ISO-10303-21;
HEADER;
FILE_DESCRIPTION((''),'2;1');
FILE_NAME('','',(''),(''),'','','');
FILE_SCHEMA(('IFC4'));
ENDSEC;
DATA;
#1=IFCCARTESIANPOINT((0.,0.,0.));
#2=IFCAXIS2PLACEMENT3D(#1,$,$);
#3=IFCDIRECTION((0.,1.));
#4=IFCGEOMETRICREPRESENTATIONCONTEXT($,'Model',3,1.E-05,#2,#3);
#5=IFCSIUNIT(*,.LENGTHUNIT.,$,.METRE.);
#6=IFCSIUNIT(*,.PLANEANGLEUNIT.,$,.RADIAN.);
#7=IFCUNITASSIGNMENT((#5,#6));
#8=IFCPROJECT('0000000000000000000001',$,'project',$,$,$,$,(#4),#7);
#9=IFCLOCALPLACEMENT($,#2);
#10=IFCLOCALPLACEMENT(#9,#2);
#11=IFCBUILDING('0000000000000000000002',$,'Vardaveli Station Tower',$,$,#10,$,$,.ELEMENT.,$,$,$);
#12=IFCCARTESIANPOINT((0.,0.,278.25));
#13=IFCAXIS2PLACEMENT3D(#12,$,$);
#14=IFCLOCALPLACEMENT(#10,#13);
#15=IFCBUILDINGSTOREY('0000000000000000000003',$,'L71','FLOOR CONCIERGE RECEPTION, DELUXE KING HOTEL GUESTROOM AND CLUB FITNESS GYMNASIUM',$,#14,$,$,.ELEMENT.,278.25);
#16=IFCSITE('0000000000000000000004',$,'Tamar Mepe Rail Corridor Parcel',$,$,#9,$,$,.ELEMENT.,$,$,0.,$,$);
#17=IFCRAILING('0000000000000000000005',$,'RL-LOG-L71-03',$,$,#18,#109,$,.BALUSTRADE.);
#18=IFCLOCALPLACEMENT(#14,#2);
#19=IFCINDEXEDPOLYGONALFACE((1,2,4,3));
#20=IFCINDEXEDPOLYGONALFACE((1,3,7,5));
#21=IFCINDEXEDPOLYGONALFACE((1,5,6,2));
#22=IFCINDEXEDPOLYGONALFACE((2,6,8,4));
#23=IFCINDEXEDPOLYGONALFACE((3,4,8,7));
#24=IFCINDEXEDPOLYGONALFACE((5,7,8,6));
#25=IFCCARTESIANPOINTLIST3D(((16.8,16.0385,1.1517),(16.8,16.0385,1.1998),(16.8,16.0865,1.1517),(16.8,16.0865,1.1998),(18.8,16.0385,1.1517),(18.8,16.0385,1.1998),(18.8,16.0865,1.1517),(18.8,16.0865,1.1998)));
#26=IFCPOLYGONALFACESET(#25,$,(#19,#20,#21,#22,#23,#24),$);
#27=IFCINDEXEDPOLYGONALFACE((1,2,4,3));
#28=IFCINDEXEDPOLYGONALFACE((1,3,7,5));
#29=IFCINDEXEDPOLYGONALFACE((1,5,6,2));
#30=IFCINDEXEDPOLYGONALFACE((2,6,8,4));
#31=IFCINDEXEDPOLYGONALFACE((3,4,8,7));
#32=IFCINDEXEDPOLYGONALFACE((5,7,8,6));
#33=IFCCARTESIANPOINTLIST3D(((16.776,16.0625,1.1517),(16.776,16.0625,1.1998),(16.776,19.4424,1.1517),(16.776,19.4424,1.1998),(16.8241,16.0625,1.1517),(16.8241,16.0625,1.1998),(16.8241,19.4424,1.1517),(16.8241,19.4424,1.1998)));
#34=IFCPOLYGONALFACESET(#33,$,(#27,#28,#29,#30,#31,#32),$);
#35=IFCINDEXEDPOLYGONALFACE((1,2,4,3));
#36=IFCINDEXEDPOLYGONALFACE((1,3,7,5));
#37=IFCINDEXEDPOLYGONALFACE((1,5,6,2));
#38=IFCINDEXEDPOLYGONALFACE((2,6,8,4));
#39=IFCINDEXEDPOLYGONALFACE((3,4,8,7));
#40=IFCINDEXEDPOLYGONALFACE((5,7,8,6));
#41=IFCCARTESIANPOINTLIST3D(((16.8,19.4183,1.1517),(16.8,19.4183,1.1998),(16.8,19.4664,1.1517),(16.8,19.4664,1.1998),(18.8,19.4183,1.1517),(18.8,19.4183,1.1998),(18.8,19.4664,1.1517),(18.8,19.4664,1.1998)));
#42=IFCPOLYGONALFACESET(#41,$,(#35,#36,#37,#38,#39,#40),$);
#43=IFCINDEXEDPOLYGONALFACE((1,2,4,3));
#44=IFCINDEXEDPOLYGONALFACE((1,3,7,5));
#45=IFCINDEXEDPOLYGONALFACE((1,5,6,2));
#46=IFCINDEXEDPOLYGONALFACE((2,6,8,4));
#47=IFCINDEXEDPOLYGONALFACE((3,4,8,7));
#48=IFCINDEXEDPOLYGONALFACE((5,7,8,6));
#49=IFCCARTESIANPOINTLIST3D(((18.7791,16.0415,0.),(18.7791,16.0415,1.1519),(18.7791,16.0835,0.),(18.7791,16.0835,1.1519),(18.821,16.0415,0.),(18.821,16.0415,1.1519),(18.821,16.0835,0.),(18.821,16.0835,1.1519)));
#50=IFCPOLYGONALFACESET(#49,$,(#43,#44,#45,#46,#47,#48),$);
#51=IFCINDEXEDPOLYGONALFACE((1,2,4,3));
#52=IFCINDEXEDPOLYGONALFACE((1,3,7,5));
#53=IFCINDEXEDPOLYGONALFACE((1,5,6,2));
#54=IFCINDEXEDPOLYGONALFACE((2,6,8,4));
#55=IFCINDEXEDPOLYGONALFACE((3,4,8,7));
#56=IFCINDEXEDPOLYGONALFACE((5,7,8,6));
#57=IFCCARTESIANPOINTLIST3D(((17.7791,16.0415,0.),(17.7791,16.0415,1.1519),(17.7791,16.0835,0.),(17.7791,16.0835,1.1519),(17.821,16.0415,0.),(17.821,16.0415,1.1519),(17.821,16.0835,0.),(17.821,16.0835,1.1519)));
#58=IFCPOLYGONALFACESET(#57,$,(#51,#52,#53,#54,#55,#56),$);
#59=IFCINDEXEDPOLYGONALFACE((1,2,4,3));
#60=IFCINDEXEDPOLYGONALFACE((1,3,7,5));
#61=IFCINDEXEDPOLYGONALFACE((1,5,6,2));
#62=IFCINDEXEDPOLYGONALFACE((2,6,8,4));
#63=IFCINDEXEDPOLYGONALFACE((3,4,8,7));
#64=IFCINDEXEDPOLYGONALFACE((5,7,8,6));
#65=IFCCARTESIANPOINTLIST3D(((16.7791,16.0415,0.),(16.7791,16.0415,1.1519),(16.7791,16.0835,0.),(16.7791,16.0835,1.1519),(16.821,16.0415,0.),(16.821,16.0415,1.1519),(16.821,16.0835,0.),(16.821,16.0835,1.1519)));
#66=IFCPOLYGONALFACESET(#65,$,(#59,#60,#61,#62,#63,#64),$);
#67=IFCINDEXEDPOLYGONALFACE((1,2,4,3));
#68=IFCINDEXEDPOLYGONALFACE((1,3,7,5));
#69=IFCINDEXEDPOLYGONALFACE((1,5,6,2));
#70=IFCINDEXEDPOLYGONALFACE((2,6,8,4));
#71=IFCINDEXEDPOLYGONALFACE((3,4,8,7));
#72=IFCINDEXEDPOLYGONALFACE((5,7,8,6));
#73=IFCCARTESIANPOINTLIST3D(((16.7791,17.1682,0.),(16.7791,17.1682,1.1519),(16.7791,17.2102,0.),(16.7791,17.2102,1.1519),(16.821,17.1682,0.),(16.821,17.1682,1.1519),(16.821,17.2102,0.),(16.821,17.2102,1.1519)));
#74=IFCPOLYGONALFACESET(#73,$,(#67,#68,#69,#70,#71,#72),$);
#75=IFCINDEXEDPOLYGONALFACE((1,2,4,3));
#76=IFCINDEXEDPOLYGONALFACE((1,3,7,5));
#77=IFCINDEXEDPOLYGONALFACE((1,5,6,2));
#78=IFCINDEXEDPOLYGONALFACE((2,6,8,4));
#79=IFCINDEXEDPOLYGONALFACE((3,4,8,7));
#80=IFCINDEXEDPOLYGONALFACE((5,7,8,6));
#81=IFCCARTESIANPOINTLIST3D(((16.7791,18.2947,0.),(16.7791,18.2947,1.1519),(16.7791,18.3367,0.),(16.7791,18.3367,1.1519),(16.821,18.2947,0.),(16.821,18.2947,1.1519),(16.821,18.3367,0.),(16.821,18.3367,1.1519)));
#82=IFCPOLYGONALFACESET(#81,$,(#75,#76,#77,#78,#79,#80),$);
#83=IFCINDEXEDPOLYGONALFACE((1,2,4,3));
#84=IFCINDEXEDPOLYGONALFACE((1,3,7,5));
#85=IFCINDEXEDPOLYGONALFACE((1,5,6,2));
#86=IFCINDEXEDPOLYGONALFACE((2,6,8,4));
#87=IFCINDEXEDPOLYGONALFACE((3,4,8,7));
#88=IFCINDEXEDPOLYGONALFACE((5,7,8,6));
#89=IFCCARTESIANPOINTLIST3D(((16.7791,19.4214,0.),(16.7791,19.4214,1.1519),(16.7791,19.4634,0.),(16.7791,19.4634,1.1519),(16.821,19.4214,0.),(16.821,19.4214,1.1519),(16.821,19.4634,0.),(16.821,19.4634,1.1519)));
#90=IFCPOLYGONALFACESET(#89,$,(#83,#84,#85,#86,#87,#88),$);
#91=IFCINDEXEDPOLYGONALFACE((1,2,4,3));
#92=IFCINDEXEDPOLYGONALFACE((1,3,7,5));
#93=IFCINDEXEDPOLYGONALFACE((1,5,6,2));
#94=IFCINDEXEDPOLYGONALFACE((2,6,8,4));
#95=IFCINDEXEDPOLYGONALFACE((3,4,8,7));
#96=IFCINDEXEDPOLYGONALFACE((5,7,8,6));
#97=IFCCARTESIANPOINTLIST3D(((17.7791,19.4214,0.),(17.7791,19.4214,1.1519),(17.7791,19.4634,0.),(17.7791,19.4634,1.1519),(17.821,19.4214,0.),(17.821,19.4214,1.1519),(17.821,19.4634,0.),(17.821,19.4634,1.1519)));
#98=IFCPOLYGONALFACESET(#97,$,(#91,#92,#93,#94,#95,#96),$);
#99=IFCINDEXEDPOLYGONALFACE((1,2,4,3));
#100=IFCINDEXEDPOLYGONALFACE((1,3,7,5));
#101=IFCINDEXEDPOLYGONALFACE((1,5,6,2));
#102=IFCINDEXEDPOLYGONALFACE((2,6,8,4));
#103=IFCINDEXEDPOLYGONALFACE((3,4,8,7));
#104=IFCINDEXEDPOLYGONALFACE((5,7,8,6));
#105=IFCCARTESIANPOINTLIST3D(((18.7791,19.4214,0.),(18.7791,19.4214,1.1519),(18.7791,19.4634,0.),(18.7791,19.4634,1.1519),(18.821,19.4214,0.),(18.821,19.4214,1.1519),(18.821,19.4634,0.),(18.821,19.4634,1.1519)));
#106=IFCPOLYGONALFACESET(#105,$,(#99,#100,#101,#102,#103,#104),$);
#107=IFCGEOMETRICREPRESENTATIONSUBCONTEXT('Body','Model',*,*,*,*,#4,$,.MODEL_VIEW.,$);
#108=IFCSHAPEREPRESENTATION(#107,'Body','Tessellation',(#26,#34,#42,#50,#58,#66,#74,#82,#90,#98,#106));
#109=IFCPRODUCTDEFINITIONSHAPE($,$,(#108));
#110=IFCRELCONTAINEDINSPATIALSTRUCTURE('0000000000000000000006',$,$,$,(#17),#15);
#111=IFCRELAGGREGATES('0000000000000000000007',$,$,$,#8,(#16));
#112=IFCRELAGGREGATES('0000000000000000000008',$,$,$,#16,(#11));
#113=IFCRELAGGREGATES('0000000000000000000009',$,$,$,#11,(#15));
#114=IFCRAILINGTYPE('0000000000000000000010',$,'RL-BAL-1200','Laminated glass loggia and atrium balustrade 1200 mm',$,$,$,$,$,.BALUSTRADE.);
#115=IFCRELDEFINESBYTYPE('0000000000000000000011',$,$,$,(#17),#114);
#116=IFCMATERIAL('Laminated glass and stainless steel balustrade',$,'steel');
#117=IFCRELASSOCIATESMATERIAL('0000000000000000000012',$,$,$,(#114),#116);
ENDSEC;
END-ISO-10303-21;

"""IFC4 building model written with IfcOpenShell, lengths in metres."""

from ifc_helpers import new_model, si_unit, direction, frame, origin, origin_2d, place, context, subcontext, project, spatial, rectangle, extrude, source, transform, mapped, material, type_object, element, save


model = new_model("IFC4")

# Units and contexts
model_context = context("Model", 3, precision=1e-05, world=origin(), true_north=direction((0.0, 1.0)))
body_context = subcontext(model_context, "Body", "Model", "MODEL_VIEW")
ifc_project = project(units=[si_unit("LENGTHUNIT", "METRE"), si_unit("PLANEANGLEUNIT", "RADIAN")], contexts=[model_context])

# Site, building, storey
site_placement = place(None, origin())
site = spatial("IfcSite", under=ifc_project, at=site_placement, Name="Tamar Mepe Rail Corridor Parcel", CompositionType="ELEMENT", RefElevation=0.0)
building_placement = place(site_placement, origin())
building = spatial("IfcBuilding", under=site, at=building_placement, Name="Vardaveli Station Tower", CompositionType="ELEMENT")
storey_placement = place(building_placement, frame((0.0, 0.0, 278.25)))
storey = spatial("IfcBuildingStorey", under=building, at=storey_placement, Name="L71", Description="FLOOR CONCIERGE RECEPTION, DELUXE KING HOTEL GUESTROOM AND CLUB FITNESS GYMNASIUM", CompositionType="ELEMENT", Elevation=278.25)

# Railing
ifc_material_1 = material(Name="Laminated glass and stainless steel balustrade", Category="steel")
railing_type = type_object("IfcRailingType", Name="RL-BAL-1200", Description="Laminated glass loggia and atrium balustrade 1200 mm", PredefinedType="BALUSTRADE", material=ifc_material_1)
shared_shape_1 = source(origin(), body_context, "Body", "SweptSolid", [
    extrude(rectangle(XDim=0.0481, YDim=0.0481, at=origin_2d()), frame((0.0, 0.0, 1.1758), z_axis=(-1.0, 0.0, 0.0), x_axis=(0.0, -1.0, 0.0)), (0.0, 0.0, 1.0), 2.0),
    extrude(rectangle(XDim=0.0481, YDim=0.0481, at=origin_2d()), frame((-2.0, 0.0, 1.1758), z_axis=(0.0, 1.0, 0.0), x_axis=(-1.0, 0.0, 0.0)), (0.0, 0.0, 1.0), 3.3799),
    extrude(rectangle(XDim=0.0481, YDim=0.0481, at=origin_2d()), frame((-2.0, 3.3799, 1.1758), z_axis=(1.0, 0.0, 0.0), x_axis=(0.0, 1.0, 0.0)), (0.0, 0.0, 1.0), 2.0),
    extrude(rectangle(XDim=0.042, YDim=0.042, at=origin_2d()), origin(), (0.0, 0.0, 1.0), 1.1519),
    extrude(rectangle(XDim=0.042, YDim=0.042, at=origin_2d()), frame((-1.0, 0.0, 0.0)), (0.0, 0.0, 1.0), 1.1519),
    extrude(rectangle(XDim=0.042, YDim=0.042, at=origin_2d()), frame((-2.0, 0.0, 0.0)), (0.0, 0.0, 1.0), 1.1519),
    extrude(rectangle(XDim=0.042, YDim=0.042, at=origin_2d()), frame((-2.0, 1.1267, 0.0)), (0.0, 0.0, 1.0), 1.1519),
    extrude(rectangle(XDim=0.042, YDim=0.042, at=origin_2d()), frame((-2.0, 2.2532, 0.0)), (0.0, 0.0, 1.0), 1.1519),
    extrude(rectangle(XDim=0.042, YDim=0.042, at=origin_2d()), frame((-2.0, 3.3799, 0.0)), (0.0, 0.0, 1.0), 1.1519),
    extrude(rectangle(XDim=0.042, YDim=0.042, at=origin_2d()), frame((-1.0, 3.3799, 0.0)), (0.0, 0.0, 1.0), 1.1519),
    extrude(rectangle(XDim=0.042, YDim=0.042, at=origin_2d()), frame((0.0, 3.3799, 0.0)), (0.0, 0.0, 1.0), 1.1519),
])
railing_placement = place(storey_placement, frame((18.8, 16.0625, 0.0)))
element("IfcRailing", 1, at=railing_placement, inside=storey, type_object=railing_type, Name="RL-LOG-L71-03", PredefinedType="BALUSTRADE", context=body_context, shape_type="MappedRepresentation", body=[
    mapped(shared_shape_1, transform((0.0, 0.0, 0.0), scale=1.0)),
])

save(model, "model.ifc")
